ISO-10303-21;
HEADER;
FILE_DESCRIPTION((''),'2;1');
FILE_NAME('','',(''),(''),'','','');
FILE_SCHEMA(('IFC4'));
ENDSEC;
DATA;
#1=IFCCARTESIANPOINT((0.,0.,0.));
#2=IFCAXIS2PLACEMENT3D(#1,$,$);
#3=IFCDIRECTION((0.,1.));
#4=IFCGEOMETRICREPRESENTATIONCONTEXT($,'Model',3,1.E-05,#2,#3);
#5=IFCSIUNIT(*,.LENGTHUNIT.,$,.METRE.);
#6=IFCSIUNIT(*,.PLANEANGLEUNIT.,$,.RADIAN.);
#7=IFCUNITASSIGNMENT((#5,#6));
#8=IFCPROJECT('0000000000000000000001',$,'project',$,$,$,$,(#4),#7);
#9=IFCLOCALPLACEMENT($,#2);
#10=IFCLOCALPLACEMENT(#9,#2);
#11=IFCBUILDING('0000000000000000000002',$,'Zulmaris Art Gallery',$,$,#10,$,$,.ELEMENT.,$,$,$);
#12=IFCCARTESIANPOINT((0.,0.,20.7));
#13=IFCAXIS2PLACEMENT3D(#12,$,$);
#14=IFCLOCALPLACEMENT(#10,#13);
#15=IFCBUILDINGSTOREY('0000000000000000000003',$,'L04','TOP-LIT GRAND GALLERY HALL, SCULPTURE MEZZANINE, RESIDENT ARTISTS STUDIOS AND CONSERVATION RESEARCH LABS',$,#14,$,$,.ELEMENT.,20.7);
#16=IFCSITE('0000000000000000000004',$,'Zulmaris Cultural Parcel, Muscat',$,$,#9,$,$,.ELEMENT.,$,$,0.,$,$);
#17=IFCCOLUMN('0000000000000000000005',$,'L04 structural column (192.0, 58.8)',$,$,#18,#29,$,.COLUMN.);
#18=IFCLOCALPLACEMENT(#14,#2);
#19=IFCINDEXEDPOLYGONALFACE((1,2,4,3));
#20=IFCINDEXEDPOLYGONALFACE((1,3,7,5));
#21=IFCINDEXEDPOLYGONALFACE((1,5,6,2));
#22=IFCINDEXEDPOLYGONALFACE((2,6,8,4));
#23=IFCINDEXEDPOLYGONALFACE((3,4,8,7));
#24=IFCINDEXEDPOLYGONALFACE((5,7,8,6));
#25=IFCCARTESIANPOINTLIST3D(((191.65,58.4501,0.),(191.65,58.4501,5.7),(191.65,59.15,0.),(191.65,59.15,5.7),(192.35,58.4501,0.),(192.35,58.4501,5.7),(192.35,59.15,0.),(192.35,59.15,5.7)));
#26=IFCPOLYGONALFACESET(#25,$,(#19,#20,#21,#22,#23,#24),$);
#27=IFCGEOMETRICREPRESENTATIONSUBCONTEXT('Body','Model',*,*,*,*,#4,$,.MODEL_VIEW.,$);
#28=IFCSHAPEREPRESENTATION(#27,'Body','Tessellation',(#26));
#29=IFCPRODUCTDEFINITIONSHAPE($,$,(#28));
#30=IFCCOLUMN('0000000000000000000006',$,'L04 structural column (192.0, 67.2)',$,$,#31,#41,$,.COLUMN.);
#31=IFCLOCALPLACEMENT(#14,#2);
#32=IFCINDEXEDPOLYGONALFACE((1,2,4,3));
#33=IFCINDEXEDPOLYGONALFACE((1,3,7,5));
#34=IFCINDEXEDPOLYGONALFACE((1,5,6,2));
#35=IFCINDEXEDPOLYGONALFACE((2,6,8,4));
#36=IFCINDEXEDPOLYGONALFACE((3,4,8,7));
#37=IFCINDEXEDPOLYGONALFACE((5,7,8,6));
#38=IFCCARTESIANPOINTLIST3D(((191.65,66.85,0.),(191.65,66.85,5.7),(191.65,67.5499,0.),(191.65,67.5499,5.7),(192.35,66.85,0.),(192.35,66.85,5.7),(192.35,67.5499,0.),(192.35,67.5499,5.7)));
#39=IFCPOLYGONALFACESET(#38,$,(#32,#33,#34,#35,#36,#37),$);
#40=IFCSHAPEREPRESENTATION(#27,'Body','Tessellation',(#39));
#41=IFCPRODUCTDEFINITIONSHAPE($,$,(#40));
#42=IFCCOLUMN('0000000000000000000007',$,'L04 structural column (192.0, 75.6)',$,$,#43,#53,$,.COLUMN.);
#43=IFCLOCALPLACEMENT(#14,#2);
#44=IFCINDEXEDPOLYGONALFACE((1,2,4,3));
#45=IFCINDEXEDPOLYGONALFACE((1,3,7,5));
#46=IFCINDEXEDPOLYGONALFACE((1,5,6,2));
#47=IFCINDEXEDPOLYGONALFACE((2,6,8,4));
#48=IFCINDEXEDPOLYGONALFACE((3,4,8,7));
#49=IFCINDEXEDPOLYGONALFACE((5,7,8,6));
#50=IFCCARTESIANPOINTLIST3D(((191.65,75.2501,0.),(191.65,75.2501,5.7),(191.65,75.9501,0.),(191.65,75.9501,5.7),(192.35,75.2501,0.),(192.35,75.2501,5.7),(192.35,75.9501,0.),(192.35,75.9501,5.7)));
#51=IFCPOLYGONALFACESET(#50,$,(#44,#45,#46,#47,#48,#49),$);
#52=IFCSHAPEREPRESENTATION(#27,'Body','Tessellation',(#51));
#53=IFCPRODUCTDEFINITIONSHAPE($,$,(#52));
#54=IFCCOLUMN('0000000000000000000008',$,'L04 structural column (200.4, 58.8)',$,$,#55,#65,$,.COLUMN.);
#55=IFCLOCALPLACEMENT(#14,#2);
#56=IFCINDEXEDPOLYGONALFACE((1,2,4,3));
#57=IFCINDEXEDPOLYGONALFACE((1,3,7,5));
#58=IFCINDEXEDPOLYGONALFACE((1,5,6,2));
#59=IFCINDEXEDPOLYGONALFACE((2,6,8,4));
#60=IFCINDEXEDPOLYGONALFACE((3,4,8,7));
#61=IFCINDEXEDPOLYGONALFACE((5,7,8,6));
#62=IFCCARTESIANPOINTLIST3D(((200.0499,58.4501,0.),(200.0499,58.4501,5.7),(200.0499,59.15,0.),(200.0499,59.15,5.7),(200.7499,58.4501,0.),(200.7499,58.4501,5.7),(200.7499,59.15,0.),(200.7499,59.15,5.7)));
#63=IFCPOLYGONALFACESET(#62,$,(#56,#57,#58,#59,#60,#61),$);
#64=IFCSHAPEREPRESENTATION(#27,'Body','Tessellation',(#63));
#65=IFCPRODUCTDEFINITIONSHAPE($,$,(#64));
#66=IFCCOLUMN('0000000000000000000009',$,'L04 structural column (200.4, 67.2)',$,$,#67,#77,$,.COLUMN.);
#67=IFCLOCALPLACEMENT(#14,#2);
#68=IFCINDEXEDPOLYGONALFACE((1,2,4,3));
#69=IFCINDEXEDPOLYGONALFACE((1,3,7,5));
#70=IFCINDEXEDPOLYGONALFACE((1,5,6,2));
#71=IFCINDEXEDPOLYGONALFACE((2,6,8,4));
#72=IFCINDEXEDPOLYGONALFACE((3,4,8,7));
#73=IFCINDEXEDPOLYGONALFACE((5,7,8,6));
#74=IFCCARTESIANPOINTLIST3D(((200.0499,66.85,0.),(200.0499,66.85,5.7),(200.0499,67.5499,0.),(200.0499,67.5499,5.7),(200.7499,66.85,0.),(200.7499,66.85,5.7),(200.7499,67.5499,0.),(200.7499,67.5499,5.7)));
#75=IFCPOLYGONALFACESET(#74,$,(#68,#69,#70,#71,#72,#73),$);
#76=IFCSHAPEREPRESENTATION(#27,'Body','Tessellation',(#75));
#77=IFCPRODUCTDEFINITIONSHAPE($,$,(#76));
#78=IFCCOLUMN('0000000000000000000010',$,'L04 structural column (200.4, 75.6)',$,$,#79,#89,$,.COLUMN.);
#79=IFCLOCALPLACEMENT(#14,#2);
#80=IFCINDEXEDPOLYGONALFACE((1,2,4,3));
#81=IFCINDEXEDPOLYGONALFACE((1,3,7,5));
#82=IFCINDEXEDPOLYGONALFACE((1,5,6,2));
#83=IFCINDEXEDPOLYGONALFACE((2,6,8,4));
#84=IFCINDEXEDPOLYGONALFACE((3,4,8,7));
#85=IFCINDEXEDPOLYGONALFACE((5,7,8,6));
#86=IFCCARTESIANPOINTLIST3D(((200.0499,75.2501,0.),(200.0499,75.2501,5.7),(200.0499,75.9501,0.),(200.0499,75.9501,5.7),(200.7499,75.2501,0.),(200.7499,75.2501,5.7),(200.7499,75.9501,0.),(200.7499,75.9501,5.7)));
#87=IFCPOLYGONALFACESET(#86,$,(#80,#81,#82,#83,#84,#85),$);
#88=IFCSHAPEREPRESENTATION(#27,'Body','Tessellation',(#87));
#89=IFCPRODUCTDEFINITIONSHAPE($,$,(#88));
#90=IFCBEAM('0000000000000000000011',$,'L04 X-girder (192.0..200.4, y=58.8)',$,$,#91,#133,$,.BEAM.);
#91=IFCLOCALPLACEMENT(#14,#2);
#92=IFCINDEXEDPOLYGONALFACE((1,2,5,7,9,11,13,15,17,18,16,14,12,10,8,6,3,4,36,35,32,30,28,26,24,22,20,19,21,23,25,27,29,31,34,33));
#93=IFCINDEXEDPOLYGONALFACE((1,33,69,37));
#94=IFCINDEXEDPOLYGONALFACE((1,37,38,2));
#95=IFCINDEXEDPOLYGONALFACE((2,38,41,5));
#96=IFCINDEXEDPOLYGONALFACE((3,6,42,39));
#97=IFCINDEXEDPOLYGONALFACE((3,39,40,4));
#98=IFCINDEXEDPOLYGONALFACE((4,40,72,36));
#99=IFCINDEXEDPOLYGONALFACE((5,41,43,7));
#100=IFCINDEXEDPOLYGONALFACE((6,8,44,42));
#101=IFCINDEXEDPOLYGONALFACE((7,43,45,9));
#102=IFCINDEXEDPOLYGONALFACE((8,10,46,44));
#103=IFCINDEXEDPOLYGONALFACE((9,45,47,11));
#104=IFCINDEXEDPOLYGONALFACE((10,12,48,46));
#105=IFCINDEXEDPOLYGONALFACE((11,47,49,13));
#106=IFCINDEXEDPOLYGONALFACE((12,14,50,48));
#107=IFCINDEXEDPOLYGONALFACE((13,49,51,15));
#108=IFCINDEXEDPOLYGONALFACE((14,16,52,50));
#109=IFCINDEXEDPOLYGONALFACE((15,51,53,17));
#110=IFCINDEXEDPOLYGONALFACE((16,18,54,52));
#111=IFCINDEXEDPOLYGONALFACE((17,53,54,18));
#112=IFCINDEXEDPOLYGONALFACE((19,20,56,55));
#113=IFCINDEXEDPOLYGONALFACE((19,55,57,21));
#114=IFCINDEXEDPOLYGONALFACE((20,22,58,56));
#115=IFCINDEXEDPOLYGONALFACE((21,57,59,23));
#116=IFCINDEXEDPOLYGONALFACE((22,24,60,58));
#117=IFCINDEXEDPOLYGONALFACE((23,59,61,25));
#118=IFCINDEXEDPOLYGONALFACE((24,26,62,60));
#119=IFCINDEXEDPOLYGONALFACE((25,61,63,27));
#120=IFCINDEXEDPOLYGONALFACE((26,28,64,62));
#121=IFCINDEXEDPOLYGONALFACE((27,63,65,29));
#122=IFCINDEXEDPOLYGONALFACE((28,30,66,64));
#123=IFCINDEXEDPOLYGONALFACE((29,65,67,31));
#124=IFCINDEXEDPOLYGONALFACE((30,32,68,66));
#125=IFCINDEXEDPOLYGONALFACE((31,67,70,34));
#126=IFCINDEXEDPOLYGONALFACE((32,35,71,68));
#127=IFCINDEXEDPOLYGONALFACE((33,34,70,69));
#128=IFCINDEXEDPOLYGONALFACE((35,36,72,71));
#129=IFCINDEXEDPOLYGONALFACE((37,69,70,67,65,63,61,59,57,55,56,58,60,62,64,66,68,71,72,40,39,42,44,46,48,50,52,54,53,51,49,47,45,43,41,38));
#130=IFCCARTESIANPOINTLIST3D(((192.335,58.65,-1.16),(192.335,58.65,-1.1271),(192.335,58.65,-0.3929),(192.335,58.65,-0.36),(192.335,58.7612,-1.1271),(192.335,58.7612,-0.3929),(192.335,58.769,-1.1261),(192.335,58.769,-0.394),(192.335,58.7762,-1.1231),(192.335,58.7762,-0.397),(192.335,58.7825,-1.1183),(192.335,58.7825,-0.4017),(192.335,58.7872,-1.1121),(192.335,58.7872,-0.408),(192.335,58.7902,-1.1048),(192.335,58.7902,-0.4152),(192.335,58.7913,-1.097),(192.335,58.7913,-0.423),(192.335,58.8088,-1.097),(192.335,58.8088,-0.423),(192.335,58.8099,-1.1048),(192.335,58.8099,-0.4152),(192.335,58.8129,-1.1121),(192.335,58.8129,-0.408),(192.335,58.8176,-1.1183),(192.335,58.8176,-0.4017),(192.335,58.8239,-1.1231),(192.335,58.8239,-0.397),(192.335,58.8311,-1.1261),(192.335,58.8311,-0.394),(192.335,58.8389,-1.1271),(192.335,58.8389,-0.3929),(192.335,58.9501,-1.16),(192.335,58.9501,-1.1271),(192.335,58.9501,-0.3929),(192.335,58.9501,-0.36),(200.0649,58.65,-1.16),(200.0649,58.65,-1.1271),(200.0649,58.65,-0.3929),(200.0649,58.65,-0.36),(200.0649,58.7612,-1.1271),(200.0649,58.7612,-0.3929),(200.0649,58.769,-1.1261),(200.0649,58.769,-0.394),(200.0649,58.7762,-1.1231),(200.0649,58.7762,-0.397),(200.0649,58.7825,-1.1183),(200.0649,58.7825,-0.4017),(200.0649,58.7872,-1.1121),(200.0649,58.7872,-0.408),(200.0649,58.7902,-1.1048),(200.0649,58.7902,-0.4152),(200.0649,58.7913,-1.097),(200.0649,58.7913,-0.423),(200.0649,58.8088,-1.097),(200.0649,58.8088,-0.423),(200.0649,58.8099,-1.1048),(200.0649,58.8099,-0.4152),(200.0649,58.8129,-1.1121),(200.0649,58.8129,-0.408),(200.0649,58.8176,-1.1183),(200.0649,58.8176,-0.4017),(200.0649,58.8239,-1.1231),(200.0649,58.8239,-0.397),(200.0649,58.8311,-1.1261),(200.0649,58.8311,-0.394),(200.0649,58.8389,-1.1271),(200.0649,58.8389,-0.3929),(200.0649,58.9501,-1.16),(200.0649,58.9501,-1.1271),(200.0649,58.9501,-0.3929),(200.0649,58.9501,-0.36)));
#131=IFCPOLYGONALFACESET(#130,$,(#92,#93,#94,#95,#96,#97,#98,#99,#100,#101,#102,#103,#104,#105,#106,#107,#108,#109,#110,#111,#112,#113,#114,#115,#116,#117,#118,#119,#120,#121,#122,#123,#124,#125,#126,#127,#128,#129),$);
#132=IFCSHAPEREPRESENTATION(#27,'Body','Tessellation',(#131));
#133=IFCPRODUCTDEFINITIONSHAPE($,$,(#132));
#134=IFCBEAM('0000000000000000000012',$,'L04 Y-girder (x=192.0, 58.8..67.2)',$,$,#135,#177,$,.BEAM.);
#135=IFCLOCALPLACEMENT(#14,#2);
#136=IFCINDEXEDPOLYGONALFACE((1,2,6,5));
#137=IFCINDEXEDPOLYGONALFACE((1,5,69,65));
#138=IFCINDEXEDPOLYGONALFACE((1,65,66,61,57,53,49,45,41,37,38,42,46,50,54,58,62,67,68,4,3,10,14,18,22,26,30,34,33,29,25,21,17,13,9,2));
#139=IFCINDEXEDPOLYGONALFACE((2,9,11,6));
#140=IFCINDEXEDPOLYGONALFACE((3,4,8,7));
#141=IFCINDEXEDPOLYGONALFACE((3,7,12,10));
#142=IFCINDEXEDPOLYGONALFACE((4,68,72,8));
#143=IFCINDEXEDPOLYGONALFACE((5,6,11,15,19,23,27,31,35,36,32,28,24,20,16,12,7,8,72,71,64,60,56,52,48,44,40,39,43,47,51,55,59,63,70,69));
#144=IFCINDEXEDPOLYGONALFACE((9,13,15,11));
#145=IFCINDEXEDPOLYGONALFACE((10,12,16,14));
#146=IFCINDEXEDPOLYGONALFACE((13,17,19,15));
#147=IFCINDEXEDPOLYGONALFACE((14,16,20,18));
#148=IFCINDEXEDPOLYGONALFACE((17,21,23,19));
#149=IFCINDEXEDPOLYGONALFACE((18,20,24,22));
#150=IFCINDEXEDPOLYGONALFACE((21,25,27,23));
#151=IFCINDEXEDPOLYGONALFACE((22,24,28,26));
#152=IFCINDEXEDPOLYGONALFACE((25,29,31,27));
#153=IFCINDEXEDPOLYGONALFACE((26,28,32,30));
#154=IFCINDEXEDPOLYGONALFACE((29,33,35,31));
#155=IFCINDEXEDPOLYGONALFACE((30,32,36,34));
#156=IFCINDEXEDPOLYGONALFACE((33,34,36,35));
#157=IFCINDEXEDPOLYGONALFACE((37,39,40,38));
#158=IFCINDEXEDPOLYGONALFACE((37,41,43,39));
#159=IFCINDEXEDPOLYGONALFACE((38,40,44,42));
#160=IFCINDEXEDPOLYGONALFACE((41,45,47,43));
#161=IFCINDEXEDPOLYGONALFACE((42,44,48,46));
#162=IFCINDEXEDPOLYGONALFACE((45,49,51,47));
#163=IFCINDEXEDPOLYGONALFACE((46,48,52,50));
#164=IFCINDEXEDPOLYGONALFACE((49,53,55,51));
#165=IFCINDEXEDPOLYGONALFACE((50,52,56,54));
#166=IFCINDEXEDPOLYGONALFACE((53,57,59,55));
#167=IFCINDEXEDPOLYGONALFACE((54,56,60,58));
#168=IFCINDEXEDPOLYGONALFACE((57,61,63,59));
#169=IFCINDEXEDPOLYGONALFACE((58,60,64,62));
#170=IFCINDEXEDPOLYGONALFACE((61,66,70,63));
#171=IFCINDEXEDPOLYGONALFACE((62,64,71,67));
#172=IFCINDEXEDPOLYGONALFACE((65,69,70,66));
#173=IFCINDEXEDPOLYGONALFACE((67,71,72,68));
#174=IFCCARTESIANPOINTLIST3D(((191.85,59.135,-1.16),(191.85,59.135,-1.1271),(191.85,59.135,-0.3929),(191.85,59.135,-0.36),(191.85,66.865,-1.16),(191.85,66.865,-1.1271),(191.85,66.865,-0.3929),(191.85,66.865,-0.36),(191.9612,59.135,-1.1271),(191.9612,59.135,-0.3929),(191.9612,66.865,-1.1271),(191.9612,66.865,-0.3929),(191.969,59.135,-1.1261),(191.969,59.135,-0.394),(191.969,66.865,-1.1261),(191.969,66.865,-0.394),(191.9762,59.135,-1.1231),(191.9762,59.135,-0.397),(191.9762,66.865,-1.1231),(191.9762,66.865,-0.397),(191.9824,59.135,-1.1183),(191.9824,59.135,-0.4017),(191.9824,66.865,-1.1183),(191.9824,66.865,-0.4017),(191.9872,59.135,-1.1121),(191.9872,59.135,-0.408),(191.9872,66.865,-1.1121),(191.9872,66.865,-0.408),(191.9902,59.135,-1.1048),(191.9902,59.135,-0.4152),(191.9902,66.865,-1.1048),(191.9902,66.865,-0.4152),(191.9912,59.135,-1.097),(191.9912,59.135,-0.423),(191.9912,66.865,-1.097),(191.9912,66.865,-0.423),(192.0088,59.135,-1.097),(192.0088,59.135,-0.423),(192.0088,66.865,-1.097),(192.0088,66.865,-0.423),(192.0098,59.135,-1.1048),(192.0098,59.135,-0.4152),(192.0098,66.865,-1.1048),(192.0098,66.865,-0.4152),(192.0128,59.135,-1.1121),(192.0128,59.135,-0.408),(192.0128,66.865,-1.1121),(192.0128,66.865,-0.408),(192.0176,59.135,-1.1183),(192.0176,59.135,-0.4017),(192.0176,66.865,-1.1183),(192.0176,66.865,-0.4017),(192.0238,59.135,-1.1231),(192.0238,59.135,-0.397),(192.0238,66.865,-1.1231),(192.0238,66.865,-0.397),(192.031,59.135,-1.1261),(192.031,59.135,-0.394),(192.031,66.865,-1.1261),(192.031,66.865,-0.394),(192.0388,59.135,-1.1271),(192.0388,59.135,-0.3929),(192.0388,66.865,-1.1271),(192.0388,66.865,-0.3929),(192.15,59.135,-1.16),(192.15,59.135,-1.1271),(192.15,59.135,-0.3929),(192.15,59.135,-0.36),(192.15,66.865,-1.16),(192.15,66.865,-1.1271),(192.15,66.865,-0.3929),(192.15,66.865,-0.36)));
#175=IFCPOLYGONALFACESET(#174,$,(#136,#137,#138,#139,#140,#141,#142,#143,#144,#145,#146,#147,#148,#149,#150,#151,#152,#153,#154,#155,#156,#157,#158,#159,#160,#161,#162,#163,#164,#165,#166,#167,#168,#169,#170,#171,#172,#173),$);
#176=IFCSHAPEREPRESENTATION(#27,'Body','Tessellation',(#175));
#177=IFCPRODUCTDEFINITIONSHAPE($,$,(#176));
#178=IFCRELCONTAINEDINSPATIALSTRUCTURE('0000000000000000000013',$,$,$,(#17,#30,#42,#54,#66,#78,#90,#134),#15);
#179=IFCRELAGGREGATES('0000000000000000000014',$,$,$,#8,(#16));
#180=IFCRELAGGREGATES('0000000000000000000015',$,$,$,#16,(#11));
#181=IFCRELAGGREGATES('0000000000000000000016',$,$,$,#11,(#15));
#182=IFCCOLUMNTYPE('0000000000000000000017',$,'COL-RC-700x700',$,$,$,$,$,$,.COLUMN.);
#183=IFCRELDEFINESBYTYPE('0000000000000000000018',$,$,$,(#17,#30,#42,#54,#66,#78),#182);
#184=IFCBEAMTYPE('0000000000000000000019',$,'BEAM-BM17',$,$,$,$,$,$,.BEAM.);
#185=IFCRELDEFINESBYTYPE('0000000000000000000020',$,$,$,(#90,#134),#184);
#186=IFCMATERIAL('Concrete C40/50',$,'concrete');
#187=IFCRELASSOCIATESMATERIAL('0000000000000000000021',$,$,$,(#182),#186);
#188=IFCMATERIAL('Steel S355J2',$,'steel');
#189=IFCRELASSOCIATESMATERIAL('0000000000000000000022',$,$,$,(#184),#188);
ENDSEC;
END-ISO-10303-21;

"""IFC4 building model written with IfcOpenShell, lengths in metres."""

from ifc_helpers import new_model, si_unit, direction, frame, origin, origin_2d, place, context, subcontext, project, spatial, rectangle, i_section, extrude, material, material_profile, profile_set, type_object, element, save


model = new_model("IFC4")

# Units and contexts
model_context = context("Model", 3, precision=1e-05, world=origin(), true_north=direction((0.0, 1.0)))
body_context = subcontext(model_context, "Body", "Model", "MODEL_VIEW")
ifc_project = project(units=[si_unit("LENGTHUNIT", "METRE"), si_unit("PLANEANGLEUNIT", "RADIAN")], contexts=[model_context])

# Site, building, storey
site_placement = place(None, origin())
site = spatial("IfcSite", under=ifc_project, at=site_placement, Name="Zulmaris Cultural Parcel, Muscat", CompositionType="ELEMENT", RefElevation=0.0)
building_placement = place(site_placement, origin())
building = spatial("IfcBuilding", under=site, at=building_placement, Name="Zulmaris Art Gallery", CompositionType="ELEMENT")
storey_placement = place(building_placement, frame((0.0, 0.0, 20.7)))
storey = spatial("IfcBuildingStorey", under=building, at=storey_placement, Name="L04", Description="TOP-LIT GRAND GALLERY HALL, SCULPTURE MEZZANINE, RESIDENT ARTISTS STUDIOS AND CONSERVATION RESEARCH LABS", CompositionType="ELEMENT", Elevation=20.7)

# Columns
ifc_material_1 = material(Name="Concrete C40/50", Category="concrete")
ifc_material_profile_1 = material_profile(ifc_material_1, rectangle(XDim=0.7, YDim=0.7, at=origin_2d()), Name="RC 700x700")
ifc_profile_set_1 = profile_set([ifc_material_profile_1], Name="Concrete C40/50")
column_type = type_object("IfcColumnType", Name="COL-RC-700x700", PredefinedType="COLUMN", material=ifc_profile_set_1)
for number, where, z_axis, x_axis, name in (
    (1, (192.0, 58.8, 0.0), (0.0, 0.0, 1.0), (1.0, 0.0, 0.0), "L04 structural column (192.0, 58.8)"),
    (2, (192.0, 67.2, 0.0), (0.0, 0.0, 1.0), (1.0, 0.0, 0.0), "L04 structural column (192.0, 67.2)"),
    (3, (192.0, 75.6001, 0.0), (0.0, 0.0, 1.0), (1.0, 0.0, 0.0), "L04 structural column (192.0, 75.6)"),
    (4, (200.3999, 58.8, 0.0), (0.0, 0.0, 1.0), (1.0, 0.0, 0.0), "L04 structural column (200.4, 58.8)"),
    (5, (200.3999, 67.2, 0.0), (0.0, 0.0, 1.0), (1.0, 0.0, 0.0), "L04 structural column (200.4, 67.2)"),
    (6, (200.3999, 75.6001, 0.0), (0.0, 0.0, 1.0), (1.0, 0.0, 0.0), "L04 structural column (200.4, 75.6)"),
):
    element("IfcColumn", number, at=place(storey_placement, frame(where, z_axis=z_axis, x_axis=x_axis)), inside=storey, type_object=column_type, Name=name, PredefinedType="COLUMN", context=body_context, shape_type="SweptSolid", body=[
        extrude(rectangle(XDim=0.7, YDim=0.7, at=origin_2d()), origin(), (0.0, 0.0, 1.0), 5.7),
    ])

# Beams
ifc_material_2 = material(Name="Steel S355J2", Category="steel")
ifc_material_profile_2 = material_profile(ifc_material_2, i_section(OverallWidth=0.3, OverallDepth=0.8, WebThickness=0.0176, FlangeThickness=0.033, FilletRadius=0.03, at=origin_2d()), Name="HEB 800")
ifc_profile_set_2 = profile_set([ifc_material_profile_2], Name="Steel S355J2")
beam_type_1 = type_object("IfcBeamType", Name="BEAM-BM17", PredefinedType="BEAM", material=ifc_profile_set_2)
for number, where, z_axis, x_axis, name in (
    (7, (192.335, 58.8, -0.76), (1.0, 0.0, 0.0), (0.0, 1.0, 0.0), "L04 X-girder (192.0..200.4, y=58.8)"),
    (8, (192.0, 59.135, -0.76), (0.0, 1.0, 0.0), (-1.0, 0.0, 0.0), "L04 Y-girder (x=192.0, 58.8..67.2)"),
):
    element("IfcBeam", number, at=place(storey_placement, frame(where, z_axis=z_axis, x_axis=x_axis)), inside=storey, type_object=beam_type_1, Name=name, PredefinedType="BEAM", context=body_context, shape_type="SweptSolid", body=[
        extrude(i_section(OverallWidth=0.3, OverallDepth=0.8, WebThickness=0.0176, FlangeThickness=0.033, FilletRadius=0.03, at=origin_2d()), origin(), (0.0, 0.0, 1.0), 7.73),
    ])

save(model, "model.ifc")
